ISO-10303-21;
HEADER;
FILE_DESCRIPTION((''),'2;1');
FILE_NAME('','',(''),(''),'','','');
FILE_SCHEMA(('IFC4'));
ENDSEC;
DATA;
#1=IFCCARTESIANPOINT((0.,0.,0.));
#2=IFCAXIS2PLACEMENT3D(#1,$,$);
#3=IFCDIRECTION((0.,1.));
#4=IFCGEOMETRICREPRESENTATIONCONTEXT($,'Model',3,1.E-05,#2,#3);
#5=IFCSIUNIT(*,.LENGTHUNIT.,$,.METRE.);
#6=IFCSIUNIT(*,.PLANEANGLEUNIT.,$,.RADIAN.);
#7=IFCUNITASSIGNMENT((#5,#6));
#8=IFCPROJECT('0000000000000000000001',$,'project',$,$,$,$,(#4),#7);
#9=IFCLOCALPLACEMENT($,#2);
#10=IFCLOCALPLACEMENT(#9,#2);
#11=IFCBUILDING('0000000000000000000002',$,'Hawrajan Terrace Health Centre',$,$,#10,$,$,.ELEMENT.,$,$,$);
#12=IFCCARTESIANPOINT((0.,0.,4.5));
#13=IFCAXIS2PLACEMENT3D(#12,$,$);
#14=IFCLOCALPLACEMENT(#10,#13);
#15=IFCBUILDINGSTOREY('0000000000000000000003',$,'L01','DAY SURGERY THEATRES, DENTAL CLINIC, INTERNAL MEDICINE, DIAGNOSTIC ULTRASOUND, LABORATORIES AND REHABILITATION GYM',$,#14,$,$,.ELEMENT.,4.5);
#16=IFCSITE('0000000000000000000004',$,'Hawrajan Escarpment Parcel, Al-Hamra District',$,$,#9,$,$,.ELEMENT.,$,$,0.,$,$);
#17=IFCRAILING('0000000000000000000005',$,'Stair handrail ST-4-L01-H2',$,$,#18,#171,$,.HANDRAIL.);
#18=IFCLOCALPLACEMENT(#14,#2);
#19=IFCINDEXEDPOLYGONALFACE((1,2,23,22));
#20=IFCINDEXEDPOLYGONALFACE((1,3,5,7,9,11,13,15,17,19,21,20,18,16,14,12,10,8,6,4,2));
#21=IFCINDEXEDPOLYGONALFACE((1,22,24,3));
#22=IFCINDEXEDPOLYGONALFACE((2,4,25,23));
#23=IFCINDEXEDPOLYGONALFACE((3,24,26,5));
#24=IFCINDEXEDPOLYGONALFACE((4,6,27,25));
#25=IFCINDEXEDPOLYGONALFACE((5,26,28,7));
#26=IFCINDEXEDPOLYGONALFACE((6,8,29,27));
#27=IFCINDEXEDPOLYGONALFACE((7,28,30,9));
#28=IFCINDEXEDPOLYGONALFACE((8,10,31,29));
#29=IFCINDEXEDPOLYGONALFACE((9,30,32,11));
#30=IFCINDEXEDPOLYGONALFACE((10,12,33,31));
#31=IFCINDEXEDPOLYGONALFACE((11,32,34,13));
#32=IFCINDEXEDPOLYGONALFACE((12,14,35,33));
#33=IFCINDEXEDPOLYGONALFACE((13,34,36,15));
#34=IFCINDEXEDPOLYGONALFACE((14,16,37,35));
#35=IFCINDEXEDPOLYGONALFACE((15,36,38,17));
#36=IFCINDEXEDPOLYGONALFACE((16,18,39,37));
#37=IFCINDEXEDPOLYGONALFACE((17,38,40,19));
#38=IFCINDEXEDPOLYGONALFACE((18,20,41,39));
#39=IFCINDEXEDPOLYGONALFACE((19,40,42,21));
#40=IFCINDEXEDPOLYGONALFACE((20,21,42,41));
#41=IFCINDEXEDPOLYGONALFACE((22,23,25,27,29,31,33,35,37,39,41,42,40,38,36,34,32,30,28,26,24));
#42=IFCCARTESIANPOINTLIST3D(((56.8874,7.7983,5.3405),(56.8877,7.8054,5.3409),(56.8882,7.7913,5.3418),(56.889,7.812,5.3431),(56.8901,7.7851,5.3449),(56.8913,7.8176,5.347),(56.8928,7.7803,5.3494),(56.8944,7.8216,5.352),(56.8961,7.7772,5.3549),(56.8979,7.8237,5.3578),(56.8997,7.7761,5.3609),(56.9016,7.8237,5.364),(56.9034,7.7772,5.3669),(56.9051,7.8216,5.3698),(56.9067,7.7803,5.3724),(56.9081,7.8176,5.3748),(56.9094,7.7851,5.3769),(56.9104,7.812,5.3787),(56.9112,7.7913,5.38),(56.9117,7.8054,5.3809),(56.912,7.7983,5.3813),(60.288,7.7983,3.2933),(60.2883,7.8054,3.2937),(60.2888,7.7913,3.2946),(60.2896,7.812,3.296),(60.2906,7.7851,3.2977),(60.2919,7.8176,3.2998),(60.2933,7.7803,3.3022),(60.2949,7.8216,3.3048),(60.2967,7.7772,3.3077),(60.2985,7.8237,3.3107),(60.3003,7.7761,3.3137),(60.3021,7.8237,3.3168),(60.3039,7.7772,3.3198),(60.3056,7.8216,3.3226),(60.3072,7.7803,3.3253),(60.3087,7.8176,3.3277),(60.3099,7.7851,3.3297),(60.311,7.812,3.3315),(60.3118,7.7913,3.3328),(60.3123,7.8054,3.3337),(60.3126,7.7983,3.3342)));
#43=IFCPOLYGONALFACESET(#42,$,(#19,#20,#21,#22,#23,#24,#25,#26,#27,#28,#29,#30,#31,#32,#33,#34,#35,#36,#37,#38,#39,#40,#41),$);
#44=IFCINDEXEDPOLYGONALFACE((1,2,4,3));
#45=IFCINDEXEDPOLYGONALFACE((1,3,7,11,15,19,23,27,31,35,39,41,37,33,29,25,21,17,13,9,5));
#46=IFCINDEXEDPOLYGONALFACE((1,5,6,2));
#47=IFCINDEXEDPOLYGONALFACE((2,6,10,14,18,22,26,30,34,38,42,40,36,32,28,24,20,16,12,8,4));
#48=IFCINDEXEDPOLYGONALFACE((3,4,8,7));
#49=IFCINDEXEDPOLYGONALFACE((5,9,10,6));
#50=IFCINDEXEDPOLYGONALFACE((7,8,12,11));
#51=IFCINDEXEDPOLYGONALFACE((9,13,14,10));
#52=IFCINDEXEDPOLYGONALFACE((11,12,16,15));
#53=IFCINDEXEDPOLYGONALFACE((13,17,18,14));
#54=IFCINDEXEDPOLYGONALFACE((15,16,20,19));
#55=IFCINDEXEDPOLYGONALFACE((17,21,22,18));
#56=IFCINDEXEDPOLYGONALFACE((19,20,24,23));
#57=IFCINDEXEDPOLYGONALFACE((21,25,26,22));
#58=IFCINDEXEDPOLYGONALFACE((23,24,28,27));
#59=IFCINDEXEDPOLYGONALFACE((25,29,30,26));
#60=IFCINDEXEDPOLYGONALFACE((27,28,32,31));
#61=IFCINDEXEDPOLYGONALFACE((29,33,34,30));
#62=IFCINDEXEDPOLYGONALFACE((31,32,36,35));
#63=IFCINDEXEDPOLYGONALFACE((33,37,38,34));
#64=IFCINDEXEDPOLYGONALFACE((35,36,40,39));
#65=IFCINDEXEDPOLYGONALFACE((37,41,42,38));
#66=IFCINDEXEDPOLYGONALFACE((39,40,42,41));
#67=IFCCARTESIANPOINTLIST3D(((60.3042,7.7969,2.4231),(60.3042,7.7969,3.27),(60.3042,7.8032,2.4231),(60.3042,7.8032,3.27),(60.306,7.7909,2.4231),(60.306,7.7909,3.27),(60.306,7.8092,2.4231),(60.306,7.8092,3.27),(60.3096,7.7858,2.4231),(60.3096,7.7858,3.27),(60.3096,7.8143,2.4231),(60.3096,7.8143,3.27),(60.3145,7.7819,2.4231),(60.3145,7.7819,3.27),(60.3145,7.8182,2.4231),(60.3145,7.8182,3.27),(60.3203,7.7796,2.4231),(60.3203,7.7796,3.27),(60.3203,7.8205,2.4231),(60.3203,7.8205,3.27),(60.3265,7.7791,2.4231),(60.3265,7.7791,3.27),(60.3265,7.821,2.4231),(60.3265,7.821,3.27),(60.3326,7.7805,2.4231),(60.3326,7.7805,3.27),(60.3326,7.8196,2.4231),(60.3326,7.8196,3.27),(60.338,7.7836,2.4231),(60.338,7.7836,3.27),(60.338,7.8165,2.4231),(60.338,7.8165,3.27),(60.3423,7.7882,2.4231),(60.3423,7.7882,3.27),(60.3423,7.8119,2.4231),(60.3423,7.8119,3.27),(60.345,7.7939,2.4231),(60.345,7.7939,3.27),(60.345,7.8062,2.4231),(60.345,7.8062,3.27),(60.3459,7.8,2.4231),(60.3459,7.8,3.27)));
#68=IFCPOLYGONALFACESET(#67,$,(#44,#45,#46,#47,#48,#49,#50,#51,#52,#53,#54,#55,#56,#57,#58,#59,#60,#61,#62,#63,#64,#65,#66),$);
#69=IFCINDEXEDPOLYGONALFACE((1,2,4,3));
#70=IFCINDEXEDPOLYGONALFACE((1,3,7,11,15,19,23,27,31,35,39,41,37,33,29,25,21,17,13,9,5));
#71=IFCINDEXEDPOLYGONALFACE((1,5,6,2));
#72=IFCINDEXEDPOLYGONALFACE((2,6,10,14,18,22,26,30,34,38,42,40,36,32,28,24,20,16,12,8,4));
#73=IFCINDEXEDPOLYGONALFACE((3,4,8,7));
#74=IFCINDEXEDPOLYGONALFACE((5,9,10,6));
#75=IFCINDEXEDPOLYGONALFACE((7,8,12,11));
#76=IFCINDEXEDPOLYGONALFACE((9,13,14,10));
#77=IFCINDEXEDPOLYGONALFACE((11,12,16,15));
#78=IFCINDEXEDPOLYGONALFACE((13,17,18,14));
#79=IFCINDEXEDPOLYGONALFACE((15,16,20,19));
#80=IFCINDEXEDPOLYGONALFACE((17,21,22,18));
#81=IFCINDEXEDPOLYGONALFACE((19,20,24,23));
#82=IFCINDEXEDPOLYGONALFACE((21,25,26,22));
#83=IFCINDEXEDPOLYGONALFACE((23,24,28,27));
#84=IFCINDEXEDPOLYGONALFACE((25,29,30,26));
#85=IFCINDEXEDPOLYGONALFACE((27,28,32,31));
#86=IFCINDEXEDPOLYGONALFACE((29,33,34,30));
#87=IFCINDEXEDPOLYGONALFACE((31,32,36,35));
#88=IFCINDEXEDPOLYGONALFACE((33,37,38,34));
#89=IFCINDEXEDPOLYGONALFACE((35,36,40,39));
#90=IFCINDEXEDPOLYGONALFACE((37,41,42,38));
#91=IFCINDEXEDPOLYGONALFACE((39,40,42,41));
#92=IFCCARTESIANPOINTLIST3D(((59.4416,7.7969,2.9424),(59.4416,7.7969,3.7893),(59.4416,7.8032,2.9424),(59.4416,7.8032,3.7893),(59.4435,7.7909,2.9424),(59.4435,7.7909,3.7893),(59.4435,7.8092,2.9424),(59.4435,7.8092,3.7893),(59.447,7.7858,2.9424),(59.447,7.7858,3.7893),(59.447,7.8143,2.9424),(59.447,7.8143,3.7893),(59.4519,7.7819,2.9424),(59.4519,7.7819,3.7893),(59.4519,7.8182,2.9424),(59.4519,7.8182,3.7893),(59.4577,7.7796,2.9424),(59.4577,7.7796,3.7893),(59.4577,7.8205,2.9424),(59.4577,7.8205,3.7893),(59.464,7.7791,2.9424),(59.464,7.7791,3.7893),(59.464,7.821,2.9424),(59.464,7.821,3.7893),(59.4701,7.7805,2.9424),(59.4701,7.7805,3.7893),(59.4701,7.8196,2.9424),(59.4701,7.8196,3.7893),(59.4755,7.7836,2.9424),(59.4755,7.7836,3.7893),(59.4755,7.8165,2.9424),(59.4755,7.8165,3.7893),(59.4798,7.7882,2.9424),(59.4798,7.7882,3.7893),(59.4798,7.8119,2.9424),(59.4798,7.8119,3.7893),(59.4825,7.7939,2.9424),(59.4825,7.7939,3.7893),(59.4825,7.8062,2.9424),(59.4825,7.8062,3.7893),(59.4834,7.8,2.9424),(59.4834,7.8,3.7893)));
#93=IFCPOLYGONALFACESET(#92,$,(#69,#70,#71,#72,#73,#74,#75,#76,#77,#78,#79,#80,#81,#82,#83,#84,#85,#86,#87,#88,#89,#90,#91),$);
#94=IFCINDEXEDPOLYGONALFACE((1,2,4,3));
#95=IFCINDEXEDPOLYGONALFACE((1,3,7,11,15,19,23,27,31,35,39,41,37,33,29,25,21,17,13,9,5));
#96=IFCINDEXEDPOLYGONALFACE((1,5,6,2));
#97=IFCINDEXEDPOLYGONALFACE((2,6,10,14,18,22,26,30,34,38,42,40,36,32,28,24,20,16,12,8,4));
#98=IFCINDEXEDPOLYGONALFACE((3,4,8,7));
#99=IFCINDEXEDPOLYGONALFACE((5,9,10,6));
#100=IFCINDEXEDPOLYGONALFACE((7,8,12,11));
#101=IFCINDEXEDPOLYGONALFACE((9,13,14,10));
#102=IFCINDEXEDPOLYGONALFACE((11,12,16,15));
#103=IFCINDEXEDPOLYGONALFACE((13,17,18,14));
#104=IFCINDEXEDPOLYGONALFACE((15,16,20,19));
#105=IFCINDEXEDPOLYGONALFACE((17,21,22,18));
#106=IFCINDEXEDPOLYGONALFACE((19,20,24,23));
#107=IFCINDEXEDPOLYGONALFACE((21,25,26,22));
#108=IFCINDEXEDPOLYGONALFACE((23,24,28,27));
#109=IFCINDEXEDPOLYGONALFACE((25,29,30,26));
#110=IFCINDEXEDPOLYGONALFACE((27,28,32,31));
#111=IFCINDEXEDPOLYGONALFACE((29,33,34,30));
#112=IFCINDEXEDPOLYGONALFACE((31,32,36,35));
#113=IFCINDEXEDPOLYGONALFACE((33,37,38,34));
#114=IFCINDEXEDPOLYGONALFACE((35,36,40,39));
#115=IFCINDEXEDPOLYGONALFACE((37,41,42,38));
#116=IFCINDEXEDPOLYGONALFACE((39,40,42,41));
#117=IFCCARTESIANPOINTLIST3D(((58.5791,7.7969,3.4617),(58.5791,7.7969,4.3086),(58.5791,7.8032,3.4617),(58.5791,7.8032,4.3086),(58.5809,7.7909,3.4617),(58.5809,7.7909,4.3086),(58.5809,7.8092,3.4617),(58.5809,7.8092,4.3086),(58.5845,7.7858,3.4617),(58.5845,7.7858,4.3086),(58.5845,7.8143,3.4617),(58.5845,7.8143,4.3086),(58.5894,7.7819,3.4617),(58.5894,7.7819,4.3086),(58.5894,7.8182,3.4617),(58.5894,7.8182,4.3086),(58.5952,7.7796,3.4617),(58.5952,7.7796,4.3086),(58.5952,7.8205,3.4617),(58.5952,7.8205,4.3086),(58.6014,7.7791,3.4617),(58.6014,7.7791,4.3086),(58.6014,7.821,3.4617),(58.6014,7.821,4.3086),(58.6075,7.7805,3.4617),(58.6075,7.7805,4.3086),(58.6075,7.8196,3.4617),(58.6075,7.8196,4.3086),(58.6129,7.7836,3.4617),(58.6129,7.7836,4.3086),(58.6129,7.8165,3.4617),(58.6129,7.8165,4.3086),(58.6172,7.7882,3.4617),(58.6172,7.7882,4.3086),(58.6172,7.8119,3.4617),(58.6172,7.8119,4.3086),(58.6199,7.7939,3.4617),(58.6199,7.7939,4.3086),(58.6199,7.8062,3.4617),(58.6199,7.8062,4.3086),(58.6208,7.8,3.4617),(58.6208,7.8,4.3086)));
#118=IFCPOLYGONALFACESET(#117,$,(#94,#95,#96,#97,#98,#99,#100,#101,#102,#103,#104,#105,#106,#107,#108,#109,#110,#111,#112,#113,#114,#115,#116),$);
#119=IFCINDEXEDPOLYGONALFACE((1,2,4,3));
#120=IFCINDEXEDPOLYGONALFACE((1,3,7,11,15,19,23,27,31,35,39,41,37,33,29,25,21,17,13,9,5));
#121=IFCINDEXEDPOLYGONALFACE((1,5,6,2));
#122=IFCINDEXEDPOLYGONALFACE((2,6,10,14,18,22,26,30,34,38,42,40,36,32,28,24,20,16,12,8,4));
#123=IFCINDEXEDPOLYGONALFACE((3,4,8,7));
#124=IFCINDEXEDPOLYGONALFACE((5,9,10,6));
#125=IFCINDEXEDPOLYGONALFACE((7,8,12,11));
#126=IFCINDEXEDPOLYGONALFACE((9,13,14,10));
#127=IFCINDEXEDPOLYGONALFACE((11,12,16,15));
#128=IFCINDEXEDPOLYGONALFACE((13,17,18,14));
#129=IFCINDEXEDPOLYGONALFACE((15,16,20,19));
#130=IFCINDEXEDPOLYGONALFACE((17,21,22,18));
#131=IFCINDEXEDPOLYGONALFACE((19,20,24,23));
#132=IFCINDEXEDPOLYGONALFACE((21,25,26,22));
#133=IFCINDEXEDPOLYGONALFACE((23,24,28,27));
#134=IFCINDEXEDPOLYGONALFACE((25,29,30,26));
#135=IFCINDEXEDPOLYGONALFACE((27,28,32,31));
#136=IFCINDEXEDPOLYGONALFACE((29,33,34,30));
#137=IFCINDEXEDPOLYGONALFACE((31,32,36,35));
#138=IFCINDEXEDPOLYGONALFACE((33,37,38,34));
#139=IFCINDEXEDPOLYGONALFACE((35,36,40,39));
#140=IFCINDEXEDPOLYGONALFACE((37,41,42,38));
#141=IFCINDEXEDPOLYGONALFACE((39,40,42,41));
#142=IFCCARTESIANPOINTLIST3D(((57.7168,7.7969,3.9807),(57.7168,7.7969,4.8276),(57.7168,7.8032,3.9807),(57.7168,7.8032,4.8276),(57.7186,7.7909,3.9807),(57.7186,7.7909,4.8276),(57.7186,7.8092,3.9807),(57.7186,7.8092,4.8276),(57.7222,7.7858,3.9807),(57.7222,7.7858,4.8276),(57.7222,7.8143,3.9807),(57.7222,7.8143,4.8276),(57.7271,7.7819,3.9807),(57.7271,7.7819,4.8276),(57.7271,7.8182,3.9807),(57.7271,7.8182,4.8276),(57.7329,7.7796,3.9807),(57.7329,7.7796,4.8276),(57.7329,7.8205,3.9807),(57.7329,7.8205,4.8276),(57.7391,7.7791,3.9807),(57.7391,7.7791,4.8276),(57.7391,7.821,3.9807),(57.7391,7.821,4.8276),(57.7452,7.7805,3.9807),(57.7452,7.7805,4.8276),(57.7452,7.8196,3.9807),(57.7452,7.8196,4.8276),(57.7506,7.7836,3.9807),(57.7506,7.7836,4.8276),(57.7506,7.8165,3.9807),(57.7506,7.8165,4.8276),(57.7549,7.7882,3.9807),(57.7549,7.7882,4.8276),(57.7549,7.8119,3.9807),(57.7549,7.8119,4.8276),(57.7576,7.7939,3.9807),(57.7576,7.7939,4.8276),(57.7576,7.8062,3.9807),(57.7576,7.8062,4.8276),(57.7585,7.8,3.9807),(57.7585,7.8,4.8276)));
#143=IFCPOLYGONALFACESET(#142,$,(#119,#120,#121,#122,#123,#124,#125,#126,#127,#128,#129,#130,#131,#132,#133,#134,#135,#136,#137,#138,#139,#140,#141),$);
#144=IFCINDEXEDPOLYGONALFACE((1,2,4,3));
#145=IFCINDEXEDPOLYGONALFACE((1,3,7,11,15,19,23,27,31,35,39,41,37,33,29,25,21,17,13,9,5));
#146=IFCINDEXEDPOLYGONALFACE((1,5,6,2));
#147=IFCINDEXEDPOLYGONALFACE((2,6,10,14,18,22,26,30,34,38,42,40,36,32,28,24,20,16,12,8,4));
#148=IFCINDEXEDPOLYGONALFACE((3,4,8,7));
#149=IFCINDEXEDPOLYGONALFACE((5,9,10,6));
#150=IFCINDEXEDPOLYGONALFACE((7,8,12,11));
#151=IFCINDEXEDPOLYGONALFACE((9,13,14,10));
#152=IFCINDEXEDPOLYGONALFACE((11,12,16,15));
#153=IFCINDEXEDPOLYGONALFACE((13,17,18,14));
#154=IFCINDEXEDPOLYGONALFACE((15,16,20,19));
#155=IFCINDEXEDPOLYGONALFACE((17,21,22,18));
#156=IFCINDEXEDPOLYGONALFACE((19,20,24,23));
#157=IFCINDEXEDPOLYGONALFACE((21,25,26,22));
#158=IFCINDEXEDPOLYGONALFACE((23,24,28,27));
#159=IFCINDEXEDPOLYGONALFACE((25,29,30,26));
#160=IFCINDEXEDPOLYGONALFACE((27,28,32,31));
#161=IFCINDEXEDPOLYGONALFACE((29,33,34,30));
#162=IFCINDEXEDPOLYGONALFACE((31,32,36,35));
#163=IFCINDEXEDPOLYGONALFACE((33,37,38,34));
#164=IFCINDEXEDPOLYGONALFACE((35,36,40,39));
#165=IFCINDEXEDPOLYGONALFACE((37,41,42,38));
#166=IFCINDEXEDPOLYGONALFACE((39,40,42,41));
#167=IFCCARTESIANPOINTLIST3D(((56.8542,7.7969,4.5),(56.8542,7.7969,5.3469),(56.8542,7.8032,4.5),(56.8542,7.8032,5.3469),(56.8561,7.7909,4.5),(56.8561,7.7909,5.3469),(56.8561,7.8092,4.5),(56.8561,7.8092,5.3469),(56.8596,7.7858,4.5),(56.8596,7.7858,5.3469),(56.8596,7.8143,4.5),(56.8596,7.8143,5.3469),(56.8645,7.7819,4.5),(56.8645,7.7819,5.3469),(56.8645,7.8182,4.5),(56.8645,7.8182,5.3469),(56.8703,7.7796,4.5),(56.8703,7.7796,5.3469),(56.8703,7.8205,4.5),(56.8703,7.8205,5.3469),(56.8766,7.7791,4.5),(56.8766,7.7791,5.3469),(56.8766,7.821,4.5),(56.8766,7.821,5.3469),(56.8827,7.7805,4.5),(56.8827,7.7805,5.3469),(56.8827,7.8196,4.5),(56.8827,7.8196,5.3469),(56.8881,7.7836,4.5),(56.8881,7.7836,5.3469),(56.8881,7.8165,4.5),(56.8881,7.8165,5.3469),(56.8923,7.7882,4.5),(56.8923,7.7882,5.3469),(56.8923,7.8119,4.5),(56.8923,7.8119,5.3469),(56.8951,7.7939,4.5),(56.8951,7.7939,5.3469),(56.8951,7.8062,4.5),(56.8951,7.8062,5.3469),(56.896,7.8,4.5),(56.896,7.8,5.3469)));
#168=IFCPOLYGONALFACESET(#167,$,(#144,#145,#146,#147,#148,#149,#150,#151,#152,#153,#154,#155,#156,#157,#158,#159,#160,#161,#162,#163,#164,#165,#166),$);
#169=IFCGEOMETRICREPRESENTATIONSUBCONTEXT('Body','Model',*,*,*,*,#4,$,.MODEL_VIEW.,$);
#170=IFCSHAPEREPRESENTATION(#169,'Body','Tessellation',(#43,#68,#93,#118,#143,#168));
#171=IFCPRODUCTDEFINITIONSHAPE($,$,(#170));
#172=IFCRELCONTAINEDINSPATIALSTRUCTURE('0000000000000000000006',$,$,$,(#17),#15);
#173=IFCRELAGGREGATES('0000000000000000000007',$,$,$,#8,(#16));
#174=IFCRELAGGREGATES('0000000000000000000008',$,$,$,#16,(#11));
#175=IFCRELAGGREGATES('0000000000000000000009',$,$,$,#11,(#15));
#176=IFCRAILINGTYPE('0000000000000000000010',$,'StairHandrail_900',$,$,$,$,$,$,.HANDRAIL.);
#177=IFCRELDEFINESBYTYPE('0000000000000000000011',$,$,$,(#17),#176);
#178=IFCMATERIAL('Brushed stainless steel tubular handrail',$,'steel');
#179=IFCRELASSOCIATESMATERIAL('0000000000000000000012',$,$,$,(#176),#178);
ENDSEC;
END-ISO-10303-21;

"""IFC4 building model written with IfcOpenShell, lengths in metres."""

from ifc_helpers import new_model, si_unit, direction, frame, origin, origin_2d, place, context, subcontext, project, spatial, circle, extrude, material, type_object, element, save


model = new_model("IFC4")

# Units and contexts
model_context = context("Model", 3, precision=1e-05, world=origin(), true_north=direction((0.0, 1.0)))
body_context = subcontext(model_context, "Body", "Model", "MODEL_VIEW")
ifc_project = project(units=[si_unit("LENGTHUNIT", "METRE"), si_unit("PLANEANGLEUNIT", "RADIAN")], contexts=[model_context])

# Site, building, storey
site_placement = place(None, origin())
site = spatial("IfcSite", under=ifc_project, at=site_placement, Name="Hawrajan Escarpment Parcel, Al-Hamra District", CompositionType="ELEMENT", RefElevation=0.0)
building_placement = place(site_placement, origin())
building = spatial("IfcBuilding", under=site, at=building_placement, Name="Hawrajan Terrace Health Centre", CompositionType="ELEMENT")
storey_placement = place(building_placement, frame((0.0, 0.0, 4.5)))
storey = spatial("IfcBuildingStorey", under=building, at=storey_placement, Name="L01", Description="DAY SURGERY THEATRES, DENTAL CLINIC, INTERNAL MEDICINE, DIAGNOSTIC ULTRASOUND, LABORATORIES AND REHABILITATION GYM", CompositionType="ELEMENT", Elevation=4.5)

# Railing
ifc_material_1 = material(Name="Brushed stainless steel tubular handrail", Category="steel")
railing_type_1 = type_object("IfcRailingType", Name="StairHandrail_900", PredefinedType="HANDRAIL", material=ifc_material_1)
railing_1_placement = place(storey_placement, frame((60.325, 7.8, 2.4231)))
element("IfcRailing", 1, at=railing_1_placement, inside=storey, type_object=railing_type_1, Name="Stair handrail ST-4-L01-H2", PredefinedType="HANDRAIL", context=body_context, shape_type="SweptSolid", body=[
    extrude(circle(Radius=0.0239, at=origin_2d()), frame((-0.0247, 0.0, 0.8906), z_axis=(-0.856732, 0.0, 0.515761), x_axis=(0.0, -1.0, 0.0)), (0.0, 0.0, 1.0), 3.9692),
    extrude(circle(Radius=0.021, at=origin_2d()), origin(), (0.0, 0.0, 1.0), 0.8469),
    extrude(circle(Radius=0.021, at=origin_2d()), frame((-0.8625, 0.0, 0.5193)), (0.0, 0.0, 1.0), 0.8469),
    extrude(circle(Radius=0.021, at=origin_2d()), frame((-1.7251, 0.0, 1.0386)), (0.0, 0.0, 1.0), 0.8469),
    extrude(circle(Radius=0.021, at=origin_2d()), frame((-2.5874, 0.0, 1.5576)), (0.0, 0.0, 1.0), 0.8469),
    extrude(circle(Radius=0.021, at=origin_2d()), frame((-3.45, 0.0, 2.0769)), (0.0, 0.0, 1.0), 0.8469),
])

save(model, "model.ifc")
